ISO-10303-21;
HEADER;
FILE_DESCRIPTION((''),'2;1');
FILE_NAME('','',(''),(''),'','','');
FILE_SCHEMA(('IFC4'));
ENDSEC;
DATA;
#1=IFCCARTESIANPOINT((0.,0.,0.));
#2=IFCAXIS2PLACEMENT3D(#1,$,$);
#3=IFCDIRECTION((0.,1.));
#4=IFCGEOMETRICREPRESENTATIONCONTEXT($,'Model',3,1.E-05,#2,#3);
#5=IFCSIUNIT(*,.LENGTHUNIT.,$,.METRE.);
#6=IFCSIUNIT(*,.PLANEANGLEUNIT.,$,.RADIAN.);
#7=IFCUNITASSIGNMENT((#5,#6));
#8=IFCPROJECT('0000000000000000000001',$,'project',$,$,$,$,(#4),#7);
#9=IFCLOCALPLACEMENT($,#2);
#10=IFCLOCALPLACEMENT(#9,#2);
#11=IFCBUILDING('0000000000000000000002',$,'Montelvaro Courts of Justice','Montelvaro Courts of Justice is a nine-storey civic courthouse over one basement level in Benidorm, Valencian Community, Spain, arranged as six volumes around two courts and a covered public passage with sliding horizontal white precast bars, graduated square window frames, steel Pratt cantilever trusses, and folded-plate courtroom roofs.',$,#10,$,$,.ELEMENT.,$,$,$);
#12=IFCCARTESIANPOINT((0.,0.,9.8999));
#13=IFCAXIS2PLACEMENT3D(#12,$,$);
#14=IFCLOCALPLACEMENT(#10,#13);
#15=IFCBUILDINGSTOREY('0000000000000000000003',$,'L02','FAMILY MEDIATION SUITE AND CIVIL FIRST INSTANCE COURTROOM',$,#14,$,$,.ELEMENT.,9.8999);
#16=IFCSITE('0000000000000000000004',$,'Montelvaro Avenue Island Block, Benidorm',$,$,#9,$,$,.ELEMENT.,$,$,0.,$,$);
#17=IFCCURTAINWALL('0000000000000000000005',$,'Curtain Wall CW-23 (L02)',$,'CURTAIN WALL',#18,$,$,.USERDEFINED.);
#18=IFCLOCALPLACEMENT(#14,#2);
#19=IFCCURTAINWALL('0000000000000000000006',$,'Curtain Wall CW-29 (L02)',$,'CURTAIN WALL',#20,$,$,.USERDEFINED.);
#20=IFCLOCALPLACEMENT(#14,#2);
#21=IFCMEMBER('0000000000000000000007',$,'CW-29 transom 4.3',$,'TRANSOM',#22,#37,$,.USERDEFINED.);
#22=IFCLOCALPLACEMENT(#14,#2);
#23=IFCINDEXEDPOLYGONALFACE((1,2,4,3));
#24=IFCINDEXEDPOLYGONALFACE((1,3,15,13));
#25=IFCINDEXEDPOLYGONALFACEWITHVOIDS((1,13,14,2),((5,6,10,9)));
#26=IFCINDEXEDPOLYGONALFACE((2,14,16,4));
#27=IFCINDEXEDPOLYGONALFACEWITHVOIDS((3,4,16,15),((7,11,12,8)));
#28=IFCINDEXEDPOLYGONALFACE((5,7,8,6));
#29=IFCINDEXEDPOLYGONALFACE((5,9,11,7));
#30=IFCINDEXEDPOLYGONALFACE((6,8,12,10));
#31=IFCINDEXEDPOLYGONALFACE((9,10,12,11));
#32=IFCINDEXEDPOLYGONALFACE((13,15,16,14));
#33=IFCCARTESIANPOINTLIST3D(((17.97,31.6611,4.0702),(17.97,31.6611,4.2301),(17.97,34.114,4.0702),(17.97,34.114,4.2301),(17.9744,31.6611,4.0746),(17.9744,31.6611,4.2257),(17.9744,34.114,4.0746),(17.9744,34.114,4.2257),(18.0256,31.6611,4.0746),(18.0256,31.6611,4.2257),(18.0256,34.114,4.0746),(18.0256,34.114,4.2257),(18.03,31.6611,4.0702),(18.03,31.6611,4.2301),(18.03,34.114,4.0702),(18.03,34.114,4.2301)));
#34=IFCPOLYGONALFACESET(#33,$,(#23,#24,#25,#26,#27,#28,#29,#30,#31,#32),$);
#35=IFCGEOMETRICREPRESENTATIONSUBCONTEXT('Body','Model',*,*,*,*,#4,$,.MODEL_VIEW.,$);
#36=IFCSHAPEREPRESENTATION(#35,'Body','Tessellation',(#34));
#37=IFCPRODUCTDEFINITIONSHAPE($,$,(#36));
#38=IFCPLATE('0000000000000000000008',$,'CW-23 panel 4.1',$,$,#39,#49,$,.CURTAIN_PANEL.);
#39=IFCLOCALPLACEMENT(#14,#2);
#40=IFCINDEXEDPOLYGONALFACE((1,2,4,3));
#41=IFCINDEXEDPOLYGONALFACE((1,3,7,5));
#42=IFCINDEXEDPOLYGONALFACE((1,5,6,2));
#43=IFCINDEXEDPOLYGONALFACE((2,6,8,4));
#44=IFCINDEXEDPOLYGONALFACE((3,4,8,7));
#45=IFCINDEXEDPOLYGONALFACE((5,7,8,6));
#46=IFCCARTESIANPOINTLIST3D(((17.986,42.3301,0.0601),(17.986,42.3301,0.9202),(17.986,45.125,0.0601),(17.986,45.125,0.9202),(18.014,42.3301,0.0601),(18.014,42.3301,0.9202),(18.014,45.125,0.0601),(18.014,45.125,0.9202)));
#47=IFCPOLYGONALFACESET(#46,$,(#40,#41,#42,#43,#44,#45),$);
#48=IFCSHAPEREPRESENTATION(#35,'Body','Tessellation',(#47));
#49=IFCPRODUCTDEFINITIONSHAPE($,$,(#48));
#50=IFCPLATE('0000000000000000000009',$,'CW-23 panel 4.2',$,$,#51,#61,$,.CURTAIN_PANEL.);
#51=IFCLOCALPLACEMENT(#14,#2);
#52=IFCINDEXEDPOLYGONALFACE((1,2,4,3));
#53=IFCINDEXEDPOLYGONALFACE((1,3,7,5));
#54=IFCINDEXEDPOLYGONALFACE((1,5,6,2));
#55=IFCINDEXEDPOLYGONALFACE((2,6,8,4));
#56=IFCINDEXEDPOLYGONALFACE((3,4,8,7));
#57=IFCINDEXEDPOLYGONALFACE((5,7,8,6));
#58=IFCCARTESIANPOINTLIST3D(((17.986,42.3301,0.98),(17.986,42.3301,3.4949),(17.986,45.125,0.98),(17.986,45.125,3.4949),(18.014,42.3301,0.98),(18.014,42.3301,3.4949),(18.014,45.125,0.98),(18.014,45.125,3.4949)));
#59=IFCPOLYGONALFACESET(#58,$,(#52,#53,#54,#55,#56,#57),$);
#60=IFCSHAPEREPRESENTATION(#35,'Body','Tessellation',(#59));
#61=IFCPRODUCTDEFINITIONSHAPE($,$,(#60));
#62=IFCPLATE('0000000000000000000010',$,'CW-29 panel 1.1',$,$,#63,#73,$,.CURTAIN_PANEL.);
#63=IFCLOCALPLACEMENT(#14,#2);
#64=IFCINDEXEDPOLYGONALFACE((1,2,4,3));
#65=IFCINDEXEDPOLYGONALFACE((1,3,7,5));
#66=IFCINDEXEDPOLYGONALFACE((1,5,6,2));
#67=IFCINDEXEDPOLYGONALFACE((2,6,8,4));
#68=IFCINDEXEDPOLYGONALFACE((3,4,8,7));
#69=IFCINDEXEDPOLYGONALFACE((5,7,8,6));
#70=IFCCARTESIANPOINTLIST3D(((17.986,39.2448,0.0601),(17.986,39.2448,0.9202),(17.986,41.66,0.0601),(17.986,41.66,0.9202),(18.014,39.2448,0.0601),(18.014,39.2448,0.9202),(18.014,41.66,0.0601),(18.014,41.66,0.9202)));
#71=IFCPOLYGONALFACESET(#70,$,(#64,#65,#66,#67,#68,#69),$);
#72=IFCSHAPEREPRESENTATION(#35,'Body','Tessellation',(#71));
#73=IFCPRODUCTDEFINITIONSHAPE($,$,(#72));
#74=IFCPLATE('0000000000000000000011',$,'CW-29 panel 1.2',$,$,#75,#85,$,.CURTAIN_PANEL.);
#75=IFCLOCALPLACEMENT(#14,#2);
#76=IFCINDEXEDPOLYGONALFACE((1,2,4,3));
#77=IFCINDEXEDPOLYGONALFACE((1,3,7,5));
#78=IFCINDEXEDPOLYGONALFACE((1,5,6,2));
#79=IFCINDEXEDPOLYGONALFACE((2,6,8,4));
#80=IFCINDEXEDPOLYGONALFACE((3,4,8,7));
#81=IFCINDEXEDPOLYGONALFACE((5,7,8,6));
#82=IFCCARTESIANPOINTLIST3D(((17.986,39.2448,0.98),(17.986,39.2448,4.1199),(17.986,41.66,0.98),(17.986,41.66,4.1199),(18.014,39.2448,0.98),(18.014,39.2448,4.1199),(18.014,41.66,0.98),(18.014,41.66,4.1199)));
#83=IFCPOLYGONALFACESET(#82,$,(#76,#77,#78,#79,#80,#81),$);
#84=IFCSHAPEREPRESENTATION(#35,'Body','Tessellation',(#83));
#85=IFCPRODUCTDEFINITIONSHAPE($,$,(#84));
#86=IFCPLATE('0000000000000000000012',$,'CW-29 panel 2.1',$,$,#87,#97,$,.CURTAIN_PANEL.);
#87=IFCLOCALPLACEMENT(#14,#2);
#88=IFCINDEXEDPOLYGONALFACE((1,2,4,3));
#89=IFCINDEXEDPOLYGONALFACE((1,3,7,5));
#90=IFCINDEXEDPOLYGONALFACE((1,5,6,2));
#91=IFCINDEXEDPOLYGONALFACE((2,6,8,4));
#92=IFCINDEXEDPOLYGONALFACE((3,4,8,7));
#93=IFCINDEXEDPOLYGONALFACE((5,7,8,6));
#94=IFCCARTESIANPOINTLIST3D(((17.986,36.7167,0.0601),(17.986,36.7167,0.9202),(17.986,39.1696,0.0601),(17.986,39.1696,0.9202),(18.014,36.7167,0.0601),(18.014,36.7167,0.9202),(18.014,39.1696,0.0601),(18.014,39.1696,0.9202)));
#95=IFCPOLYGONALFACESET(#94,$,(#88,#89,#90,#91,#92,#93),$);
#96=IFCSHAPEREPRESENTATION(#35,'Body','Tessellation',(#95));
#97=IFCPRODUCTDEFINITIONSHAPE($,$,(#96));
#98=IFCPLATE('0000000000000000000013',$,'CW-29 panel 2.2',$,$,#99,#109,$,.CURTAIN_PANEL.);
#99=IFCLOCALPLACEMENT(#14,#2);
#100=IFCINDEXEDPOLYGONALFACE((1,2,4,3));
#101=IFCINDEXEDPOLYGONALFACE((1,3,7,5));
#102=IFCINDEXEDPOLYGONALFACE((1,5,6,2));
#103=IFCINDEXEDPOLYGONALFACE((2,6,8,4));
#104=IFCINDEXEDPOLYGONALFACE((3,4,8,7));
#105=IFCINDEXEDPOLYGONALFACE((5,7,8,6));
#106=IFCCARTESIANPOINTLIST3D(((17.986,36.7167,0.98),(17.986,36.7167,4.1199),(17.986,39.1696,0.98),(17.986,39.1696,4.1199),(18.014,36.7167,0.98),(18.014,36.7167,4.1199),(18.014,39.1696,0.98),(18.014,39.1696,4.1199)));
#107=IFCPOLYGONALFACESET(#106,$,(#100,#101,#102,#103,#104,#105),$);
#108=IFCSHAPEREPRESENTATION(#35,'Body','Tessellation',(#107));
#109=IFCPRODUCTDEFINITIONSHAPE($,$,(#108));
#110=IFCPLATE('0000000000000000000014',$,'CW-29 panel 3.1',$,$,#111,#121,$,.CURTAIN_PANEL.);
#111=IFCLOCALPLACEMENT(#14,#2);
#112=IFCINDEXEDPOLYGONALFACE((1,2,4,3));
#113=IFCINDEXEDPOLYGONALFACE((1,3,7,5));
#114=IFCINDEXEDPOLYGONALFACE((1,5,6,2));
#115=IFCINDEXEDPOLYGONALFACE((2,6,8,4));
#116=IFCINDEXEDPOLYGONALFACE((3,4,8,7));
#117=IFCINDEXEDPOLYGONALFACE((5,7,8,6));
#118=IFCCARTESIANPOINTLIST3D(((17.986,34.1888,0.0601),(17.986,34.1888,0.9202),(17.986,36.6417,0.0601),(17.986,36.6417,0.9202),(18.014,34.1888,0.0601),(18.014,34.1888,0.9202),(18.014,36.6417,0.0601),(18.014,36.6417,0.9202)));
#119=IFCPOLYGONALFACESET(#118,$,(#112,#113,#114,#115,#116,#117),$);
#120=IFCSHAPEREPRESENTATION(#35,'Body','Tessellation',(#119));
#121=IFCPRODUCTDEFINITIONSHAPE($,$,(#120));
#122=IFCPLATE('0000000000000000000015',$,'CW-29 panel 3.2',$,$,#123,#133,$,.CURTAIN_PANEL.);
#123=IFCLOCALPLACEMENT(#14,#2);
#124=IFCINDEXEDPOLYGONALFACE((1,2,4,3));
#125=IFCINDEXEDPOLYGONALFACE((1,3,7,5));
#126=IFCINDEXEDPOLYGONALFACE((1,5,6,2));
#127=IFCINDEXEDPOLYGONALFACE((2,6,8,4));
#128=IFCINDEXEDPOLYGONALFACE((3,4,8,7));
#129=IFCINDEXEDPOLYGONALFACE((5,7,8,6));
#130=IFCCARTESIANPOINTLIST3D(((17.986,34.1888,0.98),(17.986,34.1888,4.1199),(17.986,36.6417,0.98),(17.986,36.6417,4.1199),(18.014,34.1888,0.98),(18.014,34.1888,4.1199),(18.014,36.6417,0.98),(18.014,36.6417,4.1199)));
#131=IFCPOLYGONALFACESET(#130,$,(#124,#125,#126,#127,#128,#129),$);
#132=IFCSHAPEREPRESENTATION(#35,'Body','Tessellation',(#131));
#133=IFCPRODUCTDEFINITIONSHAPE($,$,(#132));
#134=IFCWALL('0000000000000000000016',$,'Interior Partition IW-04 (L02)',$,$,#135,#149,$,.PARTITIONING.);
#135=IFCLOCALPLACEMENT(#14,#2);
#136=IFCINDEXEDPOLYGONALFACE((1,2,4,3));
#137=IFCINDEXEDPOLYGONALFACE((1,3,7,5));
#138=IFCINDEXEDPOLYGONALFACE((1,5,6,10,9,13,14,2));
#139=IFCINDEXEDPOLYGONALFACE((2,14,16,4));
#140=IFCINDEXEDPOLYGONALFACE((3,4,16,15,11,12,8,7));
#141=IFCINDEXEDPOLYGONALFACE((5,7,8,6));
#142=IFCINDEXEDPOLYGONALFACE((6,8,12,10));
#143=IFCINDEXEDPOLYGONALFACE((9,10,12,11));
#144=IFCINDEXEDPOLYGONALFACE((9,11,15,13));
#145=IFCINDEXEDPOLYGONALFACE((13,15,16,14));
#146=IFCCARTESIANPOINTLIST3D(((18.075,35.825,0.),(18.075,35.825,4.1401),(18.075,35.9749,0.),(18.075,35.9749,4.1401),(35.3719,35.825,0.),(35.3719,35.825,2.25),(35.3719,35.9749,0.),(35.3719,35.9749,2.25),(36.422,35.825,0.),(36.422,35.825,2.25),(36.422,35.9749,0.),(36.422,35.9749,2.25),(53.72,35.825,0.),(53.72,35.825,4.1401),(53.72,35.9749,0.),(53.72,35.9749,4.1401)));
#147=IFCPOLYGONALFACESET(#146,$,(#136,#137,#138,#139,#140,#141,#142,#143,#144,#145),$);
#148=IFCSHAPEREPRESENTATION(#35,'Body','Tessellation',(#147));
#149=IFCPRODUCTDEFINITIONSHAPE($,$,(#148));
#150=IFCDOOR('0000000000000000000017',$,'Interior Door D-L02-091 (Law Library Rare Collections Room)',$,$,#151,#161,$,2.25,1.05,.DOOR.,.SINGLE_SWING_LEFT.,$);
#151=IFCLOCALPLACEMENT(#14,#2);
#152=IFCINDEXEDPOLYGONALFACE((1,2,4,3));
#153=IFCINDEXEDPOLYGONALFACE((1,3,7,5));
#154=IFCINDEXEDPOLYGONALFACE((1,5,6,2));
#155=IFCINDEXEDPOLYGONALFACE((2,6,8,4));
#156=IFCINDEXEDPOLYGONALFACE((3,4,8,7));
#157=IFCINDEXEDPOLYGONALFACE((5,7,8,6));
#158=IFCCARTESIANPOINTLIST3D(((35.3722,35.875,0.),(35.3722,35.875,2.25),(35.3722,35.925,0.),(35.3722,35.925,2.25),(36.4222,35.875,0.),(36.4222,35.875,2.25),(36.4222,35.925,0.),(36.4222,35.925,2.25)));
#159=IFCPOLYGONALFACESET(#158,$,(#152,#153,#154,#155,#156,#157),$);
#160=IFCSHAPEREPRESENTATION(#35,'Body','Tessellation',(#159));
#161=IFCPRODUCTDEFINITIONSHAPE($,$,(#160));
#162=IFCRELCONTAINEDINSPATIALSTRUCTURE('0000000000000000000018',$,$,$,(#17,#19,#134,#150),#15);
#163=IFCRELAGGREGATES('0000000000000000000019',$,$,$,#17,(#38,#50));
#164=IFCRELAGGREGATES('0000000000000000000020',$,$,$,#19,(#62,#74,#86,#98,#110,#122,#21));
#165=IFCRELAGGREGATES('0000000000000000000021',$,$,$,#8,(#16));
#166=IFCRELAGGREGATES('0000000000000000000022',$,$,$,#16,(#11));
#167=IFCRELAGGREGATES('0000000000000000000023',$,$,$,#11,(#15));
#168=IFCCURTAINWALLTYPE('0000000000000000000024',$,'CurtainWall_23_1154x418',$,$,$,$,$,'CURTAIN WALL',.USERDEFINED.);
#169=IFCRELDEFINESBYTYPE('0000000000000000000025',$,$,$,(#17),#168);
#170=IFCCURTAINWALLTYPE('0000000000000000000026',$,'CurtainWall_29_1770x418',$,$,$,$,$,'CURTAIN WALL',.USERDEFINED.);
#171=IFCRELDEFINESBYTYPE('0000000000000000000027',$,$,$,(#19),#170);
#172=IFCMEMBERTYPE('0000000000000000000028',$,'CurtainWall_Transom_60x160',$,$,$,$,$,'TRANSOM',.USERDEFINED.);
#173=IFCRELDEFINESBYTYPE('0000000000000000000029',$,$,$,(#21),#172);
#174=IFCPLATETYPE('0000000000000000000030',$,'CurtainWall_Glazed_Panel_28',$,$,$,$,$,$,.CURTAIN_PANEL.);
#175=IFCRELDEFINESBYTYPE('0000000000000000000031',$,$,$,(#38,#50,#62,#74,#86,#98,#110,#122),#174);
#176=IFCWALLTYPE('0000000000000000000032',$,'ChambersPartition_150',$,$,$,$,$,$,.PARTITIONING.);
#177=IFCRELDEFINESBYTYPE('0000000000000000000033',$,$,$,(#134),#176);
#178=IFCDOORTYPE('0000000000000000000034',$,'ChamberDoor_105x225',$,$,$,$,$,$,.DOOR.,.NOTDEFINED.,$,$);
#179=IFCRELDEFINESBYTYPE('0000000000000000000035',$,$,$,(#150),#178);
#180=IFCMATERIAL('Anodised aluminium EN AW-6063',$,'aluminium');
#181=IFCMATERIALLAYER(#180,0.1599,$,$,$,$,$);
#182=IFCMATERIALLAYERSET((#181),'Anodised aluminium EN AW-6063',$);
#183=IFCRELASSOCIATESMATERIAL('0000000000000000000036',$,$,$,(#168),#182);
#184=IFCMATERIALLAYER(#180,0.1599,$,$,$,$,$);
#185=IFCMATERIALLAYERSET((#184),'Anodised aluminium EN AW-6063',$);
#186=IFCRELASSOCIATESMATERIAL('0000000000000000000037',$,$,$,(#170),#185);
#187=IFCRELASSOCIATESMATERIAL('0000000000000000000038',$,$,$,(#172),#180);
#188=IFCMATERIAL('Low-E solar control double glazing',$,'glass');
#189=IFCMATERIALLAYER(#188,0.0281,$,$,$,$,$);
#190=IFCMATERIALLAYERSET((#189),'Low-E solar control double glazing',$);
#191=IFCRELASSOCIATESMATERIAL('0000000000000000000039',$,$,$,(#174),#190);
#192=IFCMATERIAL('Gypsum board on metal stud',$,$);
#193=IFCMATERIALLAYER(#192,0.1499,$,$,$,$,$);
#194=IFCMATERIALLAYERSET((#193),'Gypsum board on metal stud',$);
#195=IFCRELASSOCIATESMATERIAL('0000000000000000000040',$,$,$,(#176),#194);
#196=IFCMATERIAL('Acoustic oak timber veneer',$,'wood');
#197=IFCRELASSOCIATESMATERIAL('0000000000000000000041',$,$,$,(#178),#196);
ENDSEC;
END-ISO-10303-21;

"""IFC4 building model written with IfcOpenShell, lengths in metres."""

from ifc_helpers import new_model, si_unit, direction, frame, frame_2d, origin, origin_2d, place, context, subcontext, project, spatial, rectangle, hollow_rectangle, extrude, material, layer, layer_set, material_profile, profile_set, type_object, element, fill, aggregate, save


model = new_model("IFC4")

# Units and contexts
model_context = context("Model", 3, precision=1e-05, world=origin(), true_north=direction((0.0, 1.0)))
body_context = subcontext(model_context, "Body", "Model", "MODEL_VIEW")
ifc_project = project(units=[si_unit("LENGTHUNIT", "METRE"), si_unit("PLANEANGLEUNIT", "RADIAN")], contexts=[model_context])

# Site, building, storey
site_placement = place(None, origin())
site = spatial("IfcSite", under=ifc_project, at=site_placement, Name="Montelvaro Avenue Island Block, Benidorm", CompositionType="ELEMENT", RefElevation=0.0)
building_placement = place(site_placement, origin())
building = spatial("IfcBuilding", under=site, at=building_placement, Name="Montelvaro Courts of Justice", Description="Montelvaro Courts of Justice is a nine-storey civic courthouse over one basement level in Benidorm, Valencian Community, Spain, arranged as six volumes around two courts and a covered public passage with sliding horizontal white precast bars, graduated square window frames, steel Pratt cantilever trusses, and folded-plate courtroom roofs.", CompositionType="ELEMENT")
storey_placement = place(building_placement, frame((0.0, 0.0, 9.8999)))
storey = spatial("IfcBuildingStorey", under=building, at=storey_placement, Name="L02", Description="FAMILY MEDIATION SUITE AND CIVIL FIRST INSTANCE COURTROOM", CompositionType="ELEMENT", Elevation=9.8999)

# Curtain wall
ifc_material_1 = material(Name="Anodised aluminium EN AW-6063", Category="aluminium")
ifc_layer_1 = layer(ifc_material_1, 0.1599)
ifc_layer_set_1 = layer_set([ifc_layer_1], Name="Anodised aluminium EN AW-6063")
curtain_wall_type_1 = type_object("IfcCurtainWallType", Name="CurtainWall_23_1154x418", ElementType="CURTAIN WALL", PredefinedType="USERDEFINED", material=ifc_layer_set_1)
curtain_wall_1_placement = place(storey_placement, origin())
curtain_wall_1 = element("IfcCurtainWall", 1, at=curtain_wall_1_placement, inside=storey, type_object=curtain_wall_type_1, Name="Curtain Wall CW-23 (L02)", ObjectType="CURTAIN WALL", PredefinedType="USERDEFINED")

# Curtain wall
ifc_layer_2 = layer(ifc_material_1, 0.1599)
ifc_layer_set_2 = layer_set([ifc_layer_2], Name="Anodised aluminium EN AW-6063")
curtain_wall_type_2 = type_object("IfcCurtainWallType", Name="CurtainWall_29_1770x418", ElementType="CURTAIN WALL", PredefinedType="USERDEFINED", material=ifc_layer_set_2)
curtain_wall_2_placement = place(storey_placement, origin())
curtain_wall_2 = element("IfcCurtainWall", 2, at=curtain_wall_2_placement, inside=storey, type_object=curtain_wall_type_2, Name="Curtain Wall CW-29 (L02)", ObjectType="CURTAIN WALL", PredefinedType="USERDEFINED")

# Member
ifc_material_profile_1 = material_profile(ifc_material_1, hollow_rectangle(XDim=0.0601, YDim=0.1599, WallThickness=0.0044, at=origin_2d()), Name="ALU-T 60x160")
ifc_profile_set_1 = profile_set([ifc_material_profile_1], Name="Anodised aluminium EN AW-6063")
member_type_1 = type_object("IfcMemberType", Name="CurtainWall_Transom_60x160", ElementType="TRANSOM", PredefinedType="USERDEFINED", material=ifc_profile_set_1)
member_1_placement = place(storey_placement, frame((18.0, 34.114, 4.1501), z_axis=(0.0, -1.0, 0.0), x_axis=(1.0, 0.0, 0.0)))
member_1 = element("IfcMember", 3, at=member_1_placement, type_object=member_type_1, Name="CW-29 transom 4.3", ObjectType="TRANSOM", PredefinedType="USERDEFINED", context=body_context, shape_type="SweptSolid", body=[
    extrude(hollow_rectangle(XDim=0.0601, YDim=0.1599, WallThickness=0.0044, at=origin_2d()), origin(), (0.0, 0.0, 1.0), 2.4529),
])

# Plates
ifc_material_2 = material(Name="Low-E solar control double glazing", Category="glass")
ifc_layer_3 = layer(ifc_material_2, 0.0281)
ifc_layer_set_3 = layer_set([ifc_layer_3], Name="Low-E solar control double glazing")
plate_type = type_object("IfcPlateType", Name="CurtainWall_Glazed_Panel_28", PredefinedType="CURTAIN_PANEL", material=ifc_layer_set_3)
plate_1_placement = place(storey_placement, frame((18.0, 43.7275, 0.0601), z_axis=(0.0, 0.0, 1.0), x_axis=(0.0, -1.0, 0.0)))
plate_1 = element("IfcPlate", 4, at=plate_1_placement, type_object=plate_type, Name="CW-23 panel 4.1", PredefinedType="CURTAIN_PANEL", context=body_context, shape_type="SweptSolid", body=[
    extrude(rectangle(XDim=2.7949, YDim=0.0281, at=origin_2d()), origin(), (0.0, 0.0, 1.0), 0.8601),
])
plate_2_placement = place(storey_placement, frame((18.0, 43.7275, 0.98), z_axis=(0.0, 0.0, 1.0), x_axis=(0.0, -1.0, 0.0)))
plate_2 = element("IfcPlate", 5, at=plate_2_placement, type_object=plate_type, Name="CW-23 panel 4.2", PredefinedType="CURTAIN_PANEL", context=body_context, shape_type="SweptSolid", body=[
    extrude(rectangle(XDim=2.7949, YDim=0.0281, at=origin_2d()), origin(), (0.0, 0.0, 1.0), 2.5149),
])
aggregate(curtain_wall_1, [plate_1, plate_2])
plate_3_placement = place(storey_placement, frame((18.0, 40.4524, 0.0601), z_axis=(0.0, 0.0, 1.0), x_axis=(0.0, -1.0, 0.0)))
plate_3 = element("IfcPlate", 6, at=plate_3_placement, type_object=plate_type, Name="CW-29 panel 1.1", PredefinedType="CURTAIN_PANEL", context=body_context, shape_type="SweptSolid", body=[
    extrude(rectangle(XDim=2.4153, YDim=0.0281, at=origin_2d()), origin(), (0.0, 0.0, 1.0), 0.8601),
])
plate_4_placement = place(storey_placement, frame((18.0, 40.4524, 0.98), z_axis=(0.0, 0.0, 1.0), x_axis=(0.0, -1.0, 0.0)))
plate_4 = element("IfcPlate", 7, at=plate_4_placement, type_object=plate_type, Name="CW-29 panel 1.2", PredefinedType="CURTAIN_PANEL", context=body_context, shape_type="SweptSolid", body=[
    extrude(rectangle(XDim=2.4153, YDim=0.0281, at=origin_2d()), origin(), (0.0, 0.0, 1.0), 3.1399),
])
plate_5_placement = place(storey_placement, frame((18.0, 37.9431, 0.0601), z_axis=(0.0, 0.0, 1.0), x_axis=(0.0, -1.0, 0.0)))
plate_5 = element("IfcPlate", 8, at=plate_5_placement, type_object=plate_type, Name="CW-29 panel 2.1", PredefinedType="CURTAIN_PANEL", context=body_context, shape_type="SweptSolid", body=[
    extrude(rectangle(XDim=2.4529, YDim=0.0281, at=origin_2d()), origin(), (0.0, 0.0, 1.0), 0.8601),
])
plate_6_placement = place(storey_placement, frame((18.0, 37.9431, 0.98), z_axis=(0.0, 0.0, 1.0), x_axis=(0.0, -1.0, 0.0)))
plate_6 = element("IfcPlate", 9, at=plate_6_placement, type_object=plate_type, Name="CW-29 panel 2.2", PredefinedType="CURTAIN_PANEL", context=body_context, shape_type="SweptSolid", body=[
    extrude(rectangle(XDim=2.4529, YDim=0.0281, at=origin_2d()), origin(), (0.0, 0.0, 1.0), 3.1399),
])
plate_7_placement = place(storey_placement, frame((18.0, 35.4153, 0.0601), z_axis=(0.0, 0.0, 1.0), x_axis=(0.0, -1.0, 0.0)))
plate_7 = element("IfcPlate", 10, at=plate_7_placement, type_object=plate_type, Name="CW-29 panel 3.1", PredefinedType="CURTAIN_PANEL", context=body_context, shape_type="SweptSolid", body=[
    extrude(rectangle(XDim=2.4529, YDim=0.0281, at=origin_2d()), origin(), (0.0, 0.0, 1.0), 0.8601),
])
plate_8_placement = place(storey_placement, frame((18.0, 35.4153, 0.98), z_axis=(0.0, 0.0, 1.0), x_axis=(0.0, -1.0, 0.0)))
plate_8 = element("IfcPlate", 11, at=plate_8_placement, type_object=plate_type, Name="CW-29 panel 3.2", PredefinedType="CURTAIN_PANEL", context=body_context, shape_type="SweptSolid", body=[
    extrude(rectangle(XDim=2.4529, YDim=0.0281, at=origin_2d()), origin(), (0.0, 0.0, 1.0), 3.1399),
])
aggregate(curtain_wall_2, [plate_3, plate_4, plate_5, plate_6, plate_7, plate_8, member_1])

# Wall, opening, door
ifc_material_3 = material(Name="Gypsum board on metal stud")
ifc_layer_4 = layer(ifc_material_3, 0.1499)
ifc_layer_set_4 = layer_set([ifc_layer_4], Name="Gypsum board on metal stud")
wall_type = type_object("IfcWallType", Name="ChambersPartition_150", PredefinedType="PARTITIONING", material=ifc_layer_set_4)
wall_placement = place(storey_placement, frame((18.075, 35.8999, 0.0), z_axis=(0.0, 0.0, 1.0), x_axis=(1.0, 0.0, 0.0)))
wall = element("IfcWall", 12, at=wall_placement, inside=storey, type_object=wall_type, Name="Interior Partition IW-04 (L02)", PredefinedType="PARTITIONING", context=body_context, shape_type="SweptSolid", body=[
    extrude(rectangle(XDim=35.645, YDim=0.1499, at=frame_2d((17.8225, 0.0))), origin(), (0.0, 0.0, 1.0), 4.1401),
])
opening_placement = place(wall_placement, frame((17.2971, 0.0, 0.0)))
opening = element("IfcOpeningElement", 13, at=opening_placement, cuts=wall, PredefinedType="OPENING", context=body_context, shape_type="SweptSolid", body=[
    extrude(rectangle(XDim=1.05, YDim=2.25, at=frame_2d((0.5249, 1.125))), frame((0.0, 0.0898, 0.0), z_axis=(0.0, -1.0, 0.0), x_axis=(1.0, 0.0, 0.0)), (0.0, 0.0, 1.0), 0.1797),
])
ifc_material_4 = material(Name="Acoustic oak timber veneer", Category="wood")
door_type = type_object("IfcDoorType", Name="ChamberDoor_105x225", OperationType="NOTDEFINED", PredefinedType="DOOR", material=ifc_material_4)
door_placement = place(opening_placement, frame((1.05, 0.0, 0.0), z_axis=(0.0, 0.0, 1.0), x_axis=(-1.0, 0.0, 0.0)))
door = element("IfcDoor", 14, at=door_placement, inside=storey, type_object=door_type, Name="Interior Door D-L02-091 (Law Library Rare Collections Room)", OperationType="SINGLE_SWING_LEFT", OverallHeight=2.25, OverallWidth=1.05, PredefinedType="DOOR", context=body_context, shape_type="SweptSolid", body=[
    extrude(rectangle(XDim=1.05, YDim=2.25, at=frame_2d((0.5249, 1.125))), frame((0.0, 0.0249, 0.0), z_axis=(0.0, -1.0, 0.0), x_axis=(1.0, 0.0, 0.0)), (0.0, 0.0, 1.0), 0.05),
])
fill(opening, door)

save(model, "model.ifc")
